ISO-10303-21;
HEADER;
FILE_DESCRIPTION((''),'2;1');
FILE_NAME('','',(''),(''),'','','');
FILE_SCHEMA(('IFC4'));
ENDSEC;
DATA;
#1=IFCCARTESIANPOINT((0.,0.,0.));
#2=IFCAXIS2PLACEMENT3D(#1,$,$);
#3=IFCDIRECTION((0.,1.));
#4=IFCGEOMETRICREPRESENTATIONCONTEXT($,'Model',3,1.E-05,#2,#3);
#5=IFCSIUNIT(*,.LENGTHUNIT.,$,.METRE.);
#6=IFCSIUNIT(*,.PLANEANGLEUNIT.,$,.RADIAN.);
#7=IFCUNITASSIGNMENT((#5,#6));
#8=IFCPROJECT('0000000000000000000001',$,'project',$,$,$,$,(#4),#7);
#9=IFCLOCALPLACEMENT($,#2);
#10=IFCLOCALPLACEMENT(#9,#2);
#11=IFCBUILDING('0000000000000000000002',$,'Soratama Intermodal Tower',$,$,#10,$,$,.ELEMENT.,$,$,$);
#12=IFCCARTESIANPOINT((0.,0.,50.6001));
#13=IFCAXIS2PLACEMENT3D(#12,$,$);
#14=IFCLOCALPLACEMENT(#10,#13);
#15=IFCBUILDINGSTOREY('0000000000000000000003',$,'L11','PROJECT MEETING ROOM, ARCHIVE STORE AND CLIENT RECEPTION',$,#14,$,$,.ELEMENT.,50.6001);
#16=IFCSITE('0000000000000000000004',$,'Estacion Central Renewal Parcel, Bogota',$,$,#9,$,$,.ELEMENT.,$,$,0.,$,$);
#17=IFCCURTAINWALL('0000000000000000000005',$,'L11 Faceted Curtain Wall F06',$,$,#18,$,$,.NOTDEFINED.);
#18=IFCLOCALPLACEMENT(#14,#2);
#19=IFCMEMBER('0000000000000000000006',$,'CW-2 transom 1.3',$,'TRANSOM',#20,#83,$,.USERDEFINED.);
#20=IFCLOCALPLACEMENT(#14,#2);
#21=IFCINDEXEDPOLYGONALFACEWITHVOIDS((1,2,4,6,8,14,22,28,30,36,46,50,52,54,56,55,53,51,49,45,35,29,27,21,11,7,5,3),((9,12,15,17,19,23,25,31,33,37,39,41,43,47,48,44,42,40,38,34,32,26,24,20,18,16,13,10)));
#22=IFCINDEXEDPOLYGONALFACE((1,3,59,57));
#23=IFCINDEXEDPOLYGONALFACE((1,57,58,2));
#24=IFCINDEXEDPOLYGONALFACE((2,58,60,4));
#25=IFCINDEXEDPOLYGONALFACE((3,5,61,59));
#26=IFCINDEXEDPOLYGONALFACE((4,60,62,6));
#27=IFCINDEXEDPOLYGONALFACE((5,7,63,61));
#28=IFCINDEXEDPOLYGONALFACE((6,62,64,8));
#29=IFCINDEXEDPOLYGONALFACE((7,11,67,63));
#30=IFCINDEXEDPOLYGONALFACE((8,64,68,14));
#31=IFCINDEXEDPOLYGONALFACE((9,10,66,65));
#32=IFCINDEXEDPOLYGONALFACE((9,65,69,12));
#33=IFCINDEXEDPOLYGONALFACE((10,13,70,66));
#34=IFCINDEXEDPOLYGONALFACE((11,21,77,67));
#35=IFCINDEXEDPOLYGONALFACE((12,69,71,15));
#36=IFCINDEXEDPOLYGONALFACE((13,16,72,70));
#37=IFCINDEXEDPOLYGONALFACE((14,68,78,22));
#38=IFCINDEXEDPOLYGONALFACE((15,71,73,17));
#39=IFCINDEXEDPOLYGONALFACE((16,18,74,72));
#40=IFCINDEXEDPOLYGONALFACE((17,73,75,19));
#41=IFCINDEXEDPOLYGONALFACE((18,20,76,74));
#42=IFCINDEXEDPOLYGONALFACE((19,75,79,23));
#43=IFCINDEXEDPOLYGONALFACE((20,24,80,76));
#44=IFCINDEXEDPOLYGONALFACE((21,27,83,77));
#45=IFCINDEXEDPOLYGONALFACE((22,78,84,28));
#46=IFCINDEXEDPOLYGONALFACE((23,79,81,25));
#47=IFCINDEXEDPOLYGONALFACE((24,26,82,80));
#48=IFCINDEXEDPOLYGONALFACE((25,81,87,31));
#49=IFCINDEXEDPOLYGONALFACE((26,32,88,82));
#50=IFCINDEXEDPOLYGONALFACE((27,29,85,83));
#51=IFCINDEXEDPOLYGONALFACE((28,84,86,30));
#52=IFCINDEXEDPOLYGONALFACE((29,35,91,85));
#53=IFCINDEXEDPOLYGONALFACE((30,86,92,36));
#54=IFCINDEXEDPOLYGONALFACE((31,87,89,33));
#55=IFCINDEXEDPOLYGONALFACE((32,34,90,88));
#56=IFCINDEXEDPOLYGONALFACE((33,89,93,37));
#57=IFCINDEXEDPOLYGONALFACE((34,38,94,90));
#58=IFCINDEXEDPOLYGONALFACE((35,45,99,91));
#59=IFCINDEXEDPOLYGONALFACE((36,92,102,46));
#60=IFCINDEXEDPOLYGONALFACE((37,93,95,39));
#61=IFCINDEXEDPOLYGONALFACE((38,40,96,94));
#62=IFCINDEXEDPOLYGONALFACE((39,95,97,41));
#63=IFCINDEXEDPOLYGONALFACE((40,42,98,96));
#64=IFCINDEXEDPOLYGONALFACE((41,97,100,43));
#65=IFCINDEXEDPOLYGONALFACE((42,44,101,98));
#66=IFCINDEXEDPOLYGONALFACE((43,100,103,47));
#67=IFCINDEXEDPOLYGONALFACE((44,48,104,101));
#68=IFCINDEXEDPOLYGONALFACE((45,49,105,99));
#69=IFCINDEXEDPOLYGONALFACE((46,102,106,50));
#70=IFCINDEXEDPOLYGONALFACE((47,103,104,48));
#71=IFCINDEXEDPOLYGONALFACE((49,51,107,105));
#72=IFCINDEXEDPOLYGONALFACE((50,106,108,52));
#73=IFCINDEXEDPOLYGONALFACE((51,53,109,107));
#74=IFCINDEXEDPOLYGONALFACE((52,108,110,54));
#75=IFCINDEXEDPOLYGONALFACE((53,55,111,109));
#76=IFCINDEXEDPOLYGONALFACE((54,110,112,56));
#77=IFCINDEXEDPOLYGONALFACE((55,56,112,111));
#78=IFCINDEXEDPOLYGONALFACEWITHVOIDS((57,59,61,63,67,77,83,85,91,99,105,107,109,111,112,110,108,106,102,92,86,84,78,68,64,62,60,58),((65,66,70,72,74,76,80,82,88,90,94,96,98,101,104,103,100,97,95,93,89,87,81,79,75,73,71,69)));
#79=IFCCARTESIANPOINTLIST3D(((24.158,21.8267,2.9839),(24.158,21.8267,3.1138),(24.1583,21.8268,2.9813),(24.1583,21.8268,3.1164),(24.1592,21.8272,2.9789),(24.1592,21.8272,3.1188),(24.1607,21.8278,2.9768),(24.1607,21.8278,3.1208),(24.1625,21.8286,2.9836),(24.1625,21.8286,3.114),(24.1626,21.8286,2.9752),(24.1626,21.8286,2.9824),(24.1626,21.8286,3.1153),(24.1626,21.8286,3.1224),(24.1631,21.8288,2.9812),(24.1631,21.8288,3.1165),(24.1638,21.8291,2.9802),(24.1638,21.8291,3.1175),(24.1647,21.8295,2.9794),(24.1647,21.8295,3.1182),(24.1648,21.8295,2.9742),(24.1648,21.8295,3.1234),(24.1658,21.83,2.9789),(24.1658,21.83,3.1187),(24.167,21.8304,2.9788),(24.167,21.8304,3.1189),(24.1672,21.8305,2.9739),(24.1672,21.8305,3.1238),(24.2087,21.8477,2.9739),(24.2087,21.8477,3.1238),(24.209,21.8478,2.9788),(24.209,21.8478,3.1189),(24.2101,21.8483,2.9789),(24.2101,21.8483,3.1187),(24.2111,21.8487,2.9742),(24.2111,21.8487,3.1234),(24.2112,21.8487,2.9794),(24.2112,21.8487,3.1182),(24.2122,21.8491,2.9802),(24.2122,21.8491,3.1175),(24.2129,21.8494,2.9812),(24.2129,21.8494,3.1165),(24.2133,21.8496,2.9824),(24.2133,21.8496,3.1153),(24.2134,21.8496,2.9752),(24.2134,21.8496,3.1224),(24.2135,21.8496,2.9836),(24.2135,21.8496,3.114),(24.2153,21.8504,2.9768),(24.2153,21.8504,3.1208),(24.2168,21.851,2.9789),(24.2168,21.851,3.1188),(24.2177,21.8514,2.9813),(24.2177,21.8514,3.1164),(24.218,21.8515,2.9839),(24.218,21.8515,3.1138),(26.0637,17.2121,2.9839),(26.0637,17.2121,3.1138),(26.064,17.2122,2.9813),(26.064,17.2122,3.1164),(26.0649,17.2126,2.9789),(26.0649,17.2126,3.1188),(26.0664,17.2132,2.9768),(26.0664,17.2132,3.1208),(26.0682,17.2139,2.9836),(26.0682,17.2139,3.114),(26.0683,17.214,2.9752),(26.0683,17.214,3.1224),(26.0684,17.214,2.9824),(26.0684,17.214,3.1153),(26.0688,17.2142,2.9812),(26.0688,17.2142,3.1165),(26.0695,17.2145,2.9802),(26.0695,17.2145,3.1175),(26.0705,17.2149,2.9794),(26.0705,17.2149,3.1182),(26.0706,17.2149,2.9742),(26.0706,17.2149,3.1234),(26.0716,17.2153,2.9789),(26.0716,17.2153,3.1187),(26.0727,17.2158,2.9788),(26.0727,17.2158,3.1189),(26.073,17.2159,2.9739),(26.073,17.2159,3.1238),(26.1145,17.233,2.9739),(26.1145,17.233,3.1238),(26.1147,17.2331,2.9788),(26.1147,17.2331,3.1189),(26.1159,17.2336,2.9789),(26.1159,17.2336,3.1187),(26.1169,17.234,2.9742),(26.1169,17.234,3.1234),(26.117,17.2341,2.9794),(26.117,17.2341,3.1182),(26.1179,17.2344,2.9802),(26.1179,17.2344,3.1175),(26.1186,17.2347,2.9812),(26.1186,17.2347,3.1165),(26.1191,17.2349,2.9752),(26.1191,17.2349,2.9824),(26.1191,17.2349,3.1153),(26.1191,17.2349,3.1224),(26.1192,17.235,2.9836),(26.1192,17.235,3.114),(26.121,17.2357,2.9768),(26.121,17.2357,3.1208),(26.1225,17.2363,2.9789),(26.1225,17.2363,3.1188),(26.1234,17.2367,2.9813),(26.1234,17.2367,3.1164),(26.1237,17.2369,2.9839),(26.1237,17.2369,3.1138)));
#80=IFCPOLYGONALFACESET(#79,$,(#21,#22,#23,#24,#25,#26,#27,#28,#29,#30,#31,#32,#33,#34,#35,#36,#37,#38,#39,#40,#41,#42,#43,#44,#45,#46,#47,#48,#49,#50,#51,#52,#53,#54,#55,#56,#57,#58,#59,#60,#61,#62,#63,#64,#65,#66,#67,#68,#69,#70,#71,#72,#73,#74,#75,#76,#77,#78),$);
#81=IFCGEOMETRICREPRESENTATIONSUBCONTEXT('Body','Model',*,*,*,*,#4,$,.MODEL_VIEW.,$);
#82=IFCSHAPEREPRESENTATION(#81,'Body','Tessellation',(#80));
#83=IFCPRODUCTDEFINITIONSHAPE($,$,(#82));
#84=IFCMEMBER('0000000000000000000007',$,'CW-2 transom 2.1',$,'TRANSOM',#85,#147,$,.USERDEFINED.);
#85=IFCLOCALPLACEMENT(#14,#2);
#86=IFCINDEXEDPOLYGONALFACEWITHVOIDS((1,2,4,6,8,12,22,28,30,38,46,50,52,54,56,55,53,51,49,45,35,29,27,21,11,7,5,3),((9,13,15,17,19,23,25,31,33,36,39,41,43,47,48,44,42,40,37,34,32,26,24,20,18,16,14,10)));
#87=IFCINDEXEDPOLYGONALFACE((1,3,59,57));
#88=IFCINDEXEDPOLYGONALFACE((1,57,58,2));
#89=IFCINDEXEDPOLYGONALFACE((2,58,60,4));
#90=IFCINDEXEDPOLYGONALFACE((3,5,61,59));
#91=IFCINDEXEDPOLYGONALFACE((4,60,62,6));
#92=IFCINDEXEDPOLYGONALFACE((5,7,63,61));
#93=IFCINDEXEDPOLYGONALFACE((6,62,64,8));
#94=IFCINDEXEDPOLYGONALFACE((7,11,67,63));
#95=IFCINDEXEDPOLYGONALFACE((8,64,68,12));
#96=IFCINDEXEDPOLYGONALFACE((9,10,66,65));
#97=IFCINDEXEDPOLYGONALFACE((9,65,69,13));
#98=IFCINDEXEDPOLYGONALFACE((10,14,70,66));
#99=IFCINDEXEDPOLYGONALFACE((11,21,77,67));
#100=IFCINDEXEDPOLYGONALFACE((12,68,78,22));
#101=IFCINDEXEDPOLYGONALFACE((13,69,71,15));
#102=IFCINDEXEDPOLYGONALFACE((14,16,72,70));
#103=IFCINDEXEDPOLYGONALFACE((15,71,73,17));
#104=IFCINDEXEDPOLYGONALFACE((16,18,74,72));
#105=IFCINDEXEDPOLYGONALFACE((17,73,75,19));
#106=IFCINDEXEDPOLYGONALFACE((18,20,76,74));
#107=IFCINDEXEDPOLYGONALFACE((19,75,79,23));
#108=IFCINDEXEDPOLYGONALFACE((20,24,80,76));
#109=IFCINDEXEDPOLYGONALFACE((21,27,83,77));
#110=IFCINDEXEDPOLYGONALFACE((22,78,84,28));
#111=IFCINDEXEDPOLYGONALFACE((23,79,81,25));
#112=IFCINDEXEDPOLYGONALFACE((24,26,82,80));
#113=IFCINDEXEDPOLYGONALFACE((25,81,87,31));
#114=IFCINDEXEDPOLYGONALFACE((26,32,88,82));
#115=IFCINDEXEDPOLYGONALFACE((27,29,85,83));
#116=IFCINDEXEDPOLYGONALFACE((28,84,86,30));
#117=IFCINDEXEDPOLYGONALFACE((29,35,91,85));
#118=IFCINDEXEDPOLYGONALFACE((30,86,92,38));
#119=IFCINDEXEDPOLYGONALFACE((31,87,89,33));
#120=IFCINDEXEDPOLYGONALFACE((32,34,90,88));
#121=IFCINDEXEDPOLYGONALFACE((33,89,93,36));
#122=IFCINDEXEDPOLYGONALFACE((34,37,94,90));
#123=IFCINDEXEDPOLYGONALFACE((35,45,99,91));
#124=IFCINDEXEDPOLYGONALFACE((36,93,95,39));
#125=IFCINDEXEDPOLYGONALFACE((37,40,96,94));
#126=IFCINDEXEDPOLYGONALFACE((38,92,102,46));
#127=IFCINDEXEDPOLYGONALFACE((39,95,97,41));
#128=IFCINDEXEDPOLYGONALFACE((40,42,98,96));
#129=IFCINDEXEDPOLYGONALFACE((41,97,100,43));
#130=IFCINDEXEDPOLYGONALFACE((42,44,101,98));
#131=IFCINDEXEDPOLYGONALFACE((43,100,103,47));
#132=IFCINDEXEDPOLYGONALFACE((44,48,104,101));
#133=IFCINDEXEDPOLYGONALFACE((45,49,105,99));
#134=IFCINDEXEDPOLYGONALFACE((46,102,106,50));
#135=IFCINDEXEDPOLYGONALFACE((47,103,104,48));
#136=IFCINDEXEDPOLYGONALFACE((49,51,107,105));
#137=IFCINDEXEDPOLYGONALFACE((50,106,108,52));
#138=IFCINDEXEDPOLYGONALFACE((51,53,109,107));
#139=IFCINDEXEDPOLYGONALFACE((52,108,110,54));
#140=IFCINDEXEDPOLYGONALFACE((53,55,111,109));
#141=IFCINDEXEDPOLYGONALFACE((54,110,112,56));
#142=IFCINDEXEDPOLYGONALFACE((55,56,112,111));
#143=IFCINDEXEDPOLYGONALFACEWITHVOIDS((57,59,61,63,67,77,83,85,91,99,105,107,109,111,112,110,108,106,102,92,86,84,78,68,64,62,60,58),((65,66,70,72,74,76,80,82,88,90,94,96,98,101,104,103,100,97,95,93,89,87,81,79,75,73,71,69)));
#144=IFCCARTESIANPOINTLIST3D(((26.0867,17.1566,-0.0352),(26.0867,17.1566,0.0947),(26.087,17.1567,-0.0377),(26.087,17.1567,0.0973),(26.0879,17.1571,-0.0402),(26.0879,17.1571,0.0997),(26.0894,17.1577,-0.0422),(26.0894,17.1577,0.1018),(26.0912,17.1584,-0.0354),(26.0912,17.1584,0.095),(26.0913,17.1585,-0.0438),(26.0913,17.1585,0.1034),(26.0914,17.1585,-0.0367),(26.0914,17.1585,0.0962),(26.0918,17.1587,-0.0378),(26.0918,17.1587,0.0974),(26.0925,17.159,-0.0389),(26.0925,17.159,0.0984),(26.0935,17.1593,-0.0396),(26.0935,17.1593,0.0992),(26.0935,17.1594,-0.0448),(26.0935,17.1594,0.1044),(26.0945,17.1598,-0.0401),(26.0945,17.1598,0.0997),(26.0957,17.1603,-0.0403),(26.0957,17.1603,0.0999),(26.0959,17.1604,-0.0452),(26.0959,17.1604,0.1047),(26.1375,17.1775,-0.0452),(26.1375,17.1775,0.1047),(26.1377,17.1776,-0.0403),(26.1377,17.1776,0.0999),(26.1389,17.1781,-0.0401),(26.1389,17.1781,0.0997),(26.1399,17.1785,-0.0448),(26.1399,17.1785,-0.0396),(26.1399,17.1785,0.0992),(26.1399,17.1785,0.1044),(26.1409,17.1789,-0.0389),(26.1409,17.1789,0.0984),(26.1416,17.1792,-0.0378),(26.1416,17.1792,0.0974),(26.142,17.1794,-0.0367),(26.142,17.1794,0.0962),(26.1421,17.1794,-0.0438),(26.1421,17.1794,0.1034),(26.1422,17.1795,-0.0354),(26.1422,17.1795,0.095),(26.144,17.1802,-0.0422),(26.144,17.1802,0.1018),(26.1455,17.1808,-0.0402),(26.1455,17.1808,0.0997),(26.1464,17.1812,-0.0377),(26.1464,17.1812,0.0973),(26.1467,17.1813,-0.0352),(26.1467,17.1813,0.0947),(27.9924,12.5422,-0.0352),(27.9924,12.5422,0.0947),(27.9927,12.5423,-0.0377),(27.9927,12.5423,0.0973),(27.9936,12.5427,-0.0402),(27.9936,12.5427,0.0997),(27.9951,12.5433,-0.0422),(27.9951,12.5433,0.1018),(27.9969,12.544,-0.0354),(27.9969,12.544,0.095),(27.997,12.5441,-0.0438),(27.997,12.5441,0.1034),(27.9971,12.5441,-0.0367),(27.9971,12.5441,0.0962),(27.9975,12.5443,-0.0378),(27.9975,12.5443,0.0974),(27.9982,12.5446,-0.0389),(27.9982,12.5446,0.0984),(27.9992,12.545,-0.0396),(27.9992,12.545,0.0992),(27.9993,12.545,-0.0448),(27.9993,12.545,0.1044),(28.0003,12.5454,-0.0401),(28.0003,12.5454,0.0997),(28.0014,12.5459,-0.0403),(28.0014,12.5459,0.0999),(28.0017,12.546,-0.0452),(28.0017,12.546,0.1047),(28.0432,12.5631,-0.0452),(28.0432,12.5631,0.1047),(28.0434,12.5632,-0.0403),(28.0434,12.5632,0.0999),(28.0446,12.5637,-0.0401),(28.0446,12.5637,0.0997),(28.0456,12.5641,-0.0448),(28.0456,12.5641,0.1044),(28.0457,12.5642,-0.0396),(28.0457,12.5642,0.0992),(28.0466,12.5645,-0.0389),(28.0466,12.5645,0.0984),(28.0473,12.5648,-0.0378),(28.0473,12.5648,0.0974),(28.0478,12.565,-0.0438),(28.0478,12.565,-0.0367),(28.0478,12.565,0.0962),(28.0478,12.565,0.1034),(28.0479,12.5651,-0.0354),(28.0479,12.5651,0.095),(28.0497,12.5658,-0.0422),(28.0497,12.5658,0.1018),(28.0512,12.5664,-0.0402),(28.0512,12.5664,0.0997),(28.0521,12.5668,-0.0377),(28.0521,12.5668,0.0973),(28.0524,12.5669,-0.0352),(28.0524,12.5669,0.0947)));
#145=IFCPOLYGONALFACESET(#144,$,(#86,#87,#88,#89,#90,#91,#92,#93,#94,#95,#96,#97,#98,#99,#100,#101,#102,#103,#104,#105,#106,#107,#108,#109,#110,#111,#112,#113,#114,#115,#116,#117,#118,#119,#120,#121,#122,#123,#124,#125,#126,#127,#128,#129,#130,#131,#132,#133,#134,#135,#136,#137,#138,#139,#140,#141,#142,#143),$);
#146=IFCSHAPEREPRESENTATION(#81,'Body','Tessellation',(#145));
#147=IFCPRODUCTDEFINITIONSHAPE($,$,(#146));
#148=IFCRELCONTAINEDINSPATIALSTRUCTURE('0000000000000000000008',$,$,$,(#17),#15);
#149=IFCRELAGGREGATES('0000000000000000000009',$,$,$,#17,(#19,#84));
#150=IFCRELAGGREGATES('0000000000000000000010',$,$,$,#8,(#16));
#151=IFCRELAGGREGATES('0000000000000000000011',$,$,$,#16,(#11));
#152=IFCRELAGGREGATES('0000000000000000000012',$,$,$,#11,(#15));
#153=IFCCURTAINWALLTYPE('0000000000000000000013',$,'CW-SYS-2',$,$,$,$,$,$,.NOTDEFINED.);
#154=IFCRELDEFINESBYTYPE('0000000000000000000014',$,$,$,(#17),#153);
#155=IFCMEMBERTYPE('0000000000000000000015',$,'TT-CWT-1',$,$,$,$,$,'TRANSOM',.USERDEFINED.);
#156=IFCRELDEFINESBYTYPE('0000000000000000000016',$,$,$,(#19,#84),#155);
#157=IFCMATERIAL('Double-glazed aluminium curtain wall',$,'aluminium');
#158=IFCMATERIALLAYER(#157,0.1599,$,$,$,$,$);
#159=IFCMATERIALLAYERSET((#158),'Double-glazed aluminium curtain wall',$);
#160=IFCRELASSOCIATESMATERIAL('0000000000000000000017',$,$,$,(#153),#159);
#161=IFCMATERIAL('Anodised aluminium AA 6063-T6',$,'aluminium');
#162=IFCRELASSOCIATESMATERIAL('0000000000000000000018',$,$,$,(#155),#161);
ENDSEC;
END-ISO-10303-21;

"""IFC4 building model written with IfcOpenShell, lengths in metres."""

from ifc_helpers import new_model, si_unit, direction, frame, origin, origin_2d, place, context, subcontext, project, spatial, hollow_rectangle, extrude, material, layer, layer_set, material_profile, profile_set, type_object, element, aggregate, save


model = new_model("IFC4")

# Units and contexts
model_context = context("Model", 3, precision=1e-05, world=origin(), true_north=direction((0.0, 1.0)))
body_context = subcontext(model_context, "Body", "Model", "MODEL_VIEW")
ifc_project = project(units=[si_unit("LENGTHUNIT", "METRE"), si_unit("PLANEANGLEUNIT", "RADIAN")], contexts=[model_context])

# Site, building, storey
site_placement = place(None, origin())
site = spatial("IfcSite", under=ifc_project, at=site_placement, Name="Estacion Central Renewal Parcel, Bogota", CompositionType="ELEMENT", RefElevation=0.0)
building_placement = place(site_placement, origin())
building = spatial("IfcBuilding", under=site, at=building_placement, Name="Soratama Intermodal Tower", CompositionType="ELEMENT")
storey_placement = place(building_placement, frame((0.0, 0.0, 50.6001)))
storey = spatial("IfcBuildingStorey", under=building, at=storey_placement, Name="L11", Description="PROJECT MEETING ROOM, ARCHIVE STORE AND CLIENT RECEPTION", CompositionType="ELEMENT", Elevation=50.6001)

# Curtain wall, members
ifc_material_1 = material(Name="Double-glazed aluminium curtain wall", Category="aluminium")
ifc_layer_1 = layer(ifc_material_1, 0.1599)
ifc_layer_set_1 = layer_set([ifc_layer_1], Name="Double-glazed aluminium curtain wall")
curtain_wall_type = type_object("IfcCurtainWallType", Name="CW-SYS-2", PredefinedType="NOTDEFINED", material=ifc_layer_set_1)
curtain_wall_placement = place(storey_placement, origin())
curtain_wall = element("IfcCurtainWall", 1, at=curtain_wall_placement, inside=storey, type_object=curtain_wall_type, Name="L11 Faceted Curtain Wall F06", PredefinedType="NOTDEFINED")
ifc_material_2 = material(Name="Anodised aluminium AA 6063-T6", Category="aluminium")
ifc_material_profile_1 = material_profile(ifc_material_2, hollow_rectangle(XDim=0.0649, YDim=0.1499, WallThickness=0.0049, InnerFilletRadius=0.0049, OuterFilletRadius=0.01, at=origin_2d()), Name="CWT150X65X5")
ifc_profile_set_1 = profile_set([ifc_material_profile_1], Name="Anodised aluminium AA 6063-T6")
member_type_1 = type_object("IfcMemberType", Name="TT-CWT-1", ElementType="TRANSOM", PredefinedType="USERDEFINED", material=ifc_profile_set_1)
member_1_placement = place(storey_placement, frame((24.188, 21.8391, 3.0488), z_axis=(0.381704, -0.924285, 0.0), x_axis=(0.924285, 0.381704, 0.0)))
member_1 = element("IfcMember", 2, at=member_1_placement, type_object=member_type_1, Name="CW-2 transom 1.3", ObjectType="TRANSOM", PredefinedType="USERDEFINED", context=body_context, shape_type="SweptSolid", body=[
    extrude(hollow_rectangle(XDim=0.0649, YDim=0.1499, WallThickness=0.0049, InnerFilletRadius=0.0049, OuterFilletRadius=0.01, at=origin_2d()), origin(), (0.0, 0.0, 1.0), 4.9927),
])
member_2_placement = place(storey_placement, frame((26.1167, 17.1689, 0.0298), z_axis=(0.381721, -0.924278, 0.0), x_axis=(0.924278, 0.381721, 0.0)))
member_2 = element("IfcMember", 3, at=member_2_placement, type_object=member_type_1, Name="CW-2 transom 2.1", ObjectType="TRANSOM", PredefinedType="USERDEFINED", context=body_context, shape_type="SweptSolid", body=[
    extrude(hollow_rectangle(XDim=0.0649, YDim=0.1499, WallThickness=0.0049, InnerFilletRadius=0.0049, OuterFilletRadius=0.01, at=origin_2d()), origin(), (0.0, 0.0, 1.0), 4.9924),
])
aggregate(curtain_wall, [member_1, member_2])

save(model, "model.ifc")
